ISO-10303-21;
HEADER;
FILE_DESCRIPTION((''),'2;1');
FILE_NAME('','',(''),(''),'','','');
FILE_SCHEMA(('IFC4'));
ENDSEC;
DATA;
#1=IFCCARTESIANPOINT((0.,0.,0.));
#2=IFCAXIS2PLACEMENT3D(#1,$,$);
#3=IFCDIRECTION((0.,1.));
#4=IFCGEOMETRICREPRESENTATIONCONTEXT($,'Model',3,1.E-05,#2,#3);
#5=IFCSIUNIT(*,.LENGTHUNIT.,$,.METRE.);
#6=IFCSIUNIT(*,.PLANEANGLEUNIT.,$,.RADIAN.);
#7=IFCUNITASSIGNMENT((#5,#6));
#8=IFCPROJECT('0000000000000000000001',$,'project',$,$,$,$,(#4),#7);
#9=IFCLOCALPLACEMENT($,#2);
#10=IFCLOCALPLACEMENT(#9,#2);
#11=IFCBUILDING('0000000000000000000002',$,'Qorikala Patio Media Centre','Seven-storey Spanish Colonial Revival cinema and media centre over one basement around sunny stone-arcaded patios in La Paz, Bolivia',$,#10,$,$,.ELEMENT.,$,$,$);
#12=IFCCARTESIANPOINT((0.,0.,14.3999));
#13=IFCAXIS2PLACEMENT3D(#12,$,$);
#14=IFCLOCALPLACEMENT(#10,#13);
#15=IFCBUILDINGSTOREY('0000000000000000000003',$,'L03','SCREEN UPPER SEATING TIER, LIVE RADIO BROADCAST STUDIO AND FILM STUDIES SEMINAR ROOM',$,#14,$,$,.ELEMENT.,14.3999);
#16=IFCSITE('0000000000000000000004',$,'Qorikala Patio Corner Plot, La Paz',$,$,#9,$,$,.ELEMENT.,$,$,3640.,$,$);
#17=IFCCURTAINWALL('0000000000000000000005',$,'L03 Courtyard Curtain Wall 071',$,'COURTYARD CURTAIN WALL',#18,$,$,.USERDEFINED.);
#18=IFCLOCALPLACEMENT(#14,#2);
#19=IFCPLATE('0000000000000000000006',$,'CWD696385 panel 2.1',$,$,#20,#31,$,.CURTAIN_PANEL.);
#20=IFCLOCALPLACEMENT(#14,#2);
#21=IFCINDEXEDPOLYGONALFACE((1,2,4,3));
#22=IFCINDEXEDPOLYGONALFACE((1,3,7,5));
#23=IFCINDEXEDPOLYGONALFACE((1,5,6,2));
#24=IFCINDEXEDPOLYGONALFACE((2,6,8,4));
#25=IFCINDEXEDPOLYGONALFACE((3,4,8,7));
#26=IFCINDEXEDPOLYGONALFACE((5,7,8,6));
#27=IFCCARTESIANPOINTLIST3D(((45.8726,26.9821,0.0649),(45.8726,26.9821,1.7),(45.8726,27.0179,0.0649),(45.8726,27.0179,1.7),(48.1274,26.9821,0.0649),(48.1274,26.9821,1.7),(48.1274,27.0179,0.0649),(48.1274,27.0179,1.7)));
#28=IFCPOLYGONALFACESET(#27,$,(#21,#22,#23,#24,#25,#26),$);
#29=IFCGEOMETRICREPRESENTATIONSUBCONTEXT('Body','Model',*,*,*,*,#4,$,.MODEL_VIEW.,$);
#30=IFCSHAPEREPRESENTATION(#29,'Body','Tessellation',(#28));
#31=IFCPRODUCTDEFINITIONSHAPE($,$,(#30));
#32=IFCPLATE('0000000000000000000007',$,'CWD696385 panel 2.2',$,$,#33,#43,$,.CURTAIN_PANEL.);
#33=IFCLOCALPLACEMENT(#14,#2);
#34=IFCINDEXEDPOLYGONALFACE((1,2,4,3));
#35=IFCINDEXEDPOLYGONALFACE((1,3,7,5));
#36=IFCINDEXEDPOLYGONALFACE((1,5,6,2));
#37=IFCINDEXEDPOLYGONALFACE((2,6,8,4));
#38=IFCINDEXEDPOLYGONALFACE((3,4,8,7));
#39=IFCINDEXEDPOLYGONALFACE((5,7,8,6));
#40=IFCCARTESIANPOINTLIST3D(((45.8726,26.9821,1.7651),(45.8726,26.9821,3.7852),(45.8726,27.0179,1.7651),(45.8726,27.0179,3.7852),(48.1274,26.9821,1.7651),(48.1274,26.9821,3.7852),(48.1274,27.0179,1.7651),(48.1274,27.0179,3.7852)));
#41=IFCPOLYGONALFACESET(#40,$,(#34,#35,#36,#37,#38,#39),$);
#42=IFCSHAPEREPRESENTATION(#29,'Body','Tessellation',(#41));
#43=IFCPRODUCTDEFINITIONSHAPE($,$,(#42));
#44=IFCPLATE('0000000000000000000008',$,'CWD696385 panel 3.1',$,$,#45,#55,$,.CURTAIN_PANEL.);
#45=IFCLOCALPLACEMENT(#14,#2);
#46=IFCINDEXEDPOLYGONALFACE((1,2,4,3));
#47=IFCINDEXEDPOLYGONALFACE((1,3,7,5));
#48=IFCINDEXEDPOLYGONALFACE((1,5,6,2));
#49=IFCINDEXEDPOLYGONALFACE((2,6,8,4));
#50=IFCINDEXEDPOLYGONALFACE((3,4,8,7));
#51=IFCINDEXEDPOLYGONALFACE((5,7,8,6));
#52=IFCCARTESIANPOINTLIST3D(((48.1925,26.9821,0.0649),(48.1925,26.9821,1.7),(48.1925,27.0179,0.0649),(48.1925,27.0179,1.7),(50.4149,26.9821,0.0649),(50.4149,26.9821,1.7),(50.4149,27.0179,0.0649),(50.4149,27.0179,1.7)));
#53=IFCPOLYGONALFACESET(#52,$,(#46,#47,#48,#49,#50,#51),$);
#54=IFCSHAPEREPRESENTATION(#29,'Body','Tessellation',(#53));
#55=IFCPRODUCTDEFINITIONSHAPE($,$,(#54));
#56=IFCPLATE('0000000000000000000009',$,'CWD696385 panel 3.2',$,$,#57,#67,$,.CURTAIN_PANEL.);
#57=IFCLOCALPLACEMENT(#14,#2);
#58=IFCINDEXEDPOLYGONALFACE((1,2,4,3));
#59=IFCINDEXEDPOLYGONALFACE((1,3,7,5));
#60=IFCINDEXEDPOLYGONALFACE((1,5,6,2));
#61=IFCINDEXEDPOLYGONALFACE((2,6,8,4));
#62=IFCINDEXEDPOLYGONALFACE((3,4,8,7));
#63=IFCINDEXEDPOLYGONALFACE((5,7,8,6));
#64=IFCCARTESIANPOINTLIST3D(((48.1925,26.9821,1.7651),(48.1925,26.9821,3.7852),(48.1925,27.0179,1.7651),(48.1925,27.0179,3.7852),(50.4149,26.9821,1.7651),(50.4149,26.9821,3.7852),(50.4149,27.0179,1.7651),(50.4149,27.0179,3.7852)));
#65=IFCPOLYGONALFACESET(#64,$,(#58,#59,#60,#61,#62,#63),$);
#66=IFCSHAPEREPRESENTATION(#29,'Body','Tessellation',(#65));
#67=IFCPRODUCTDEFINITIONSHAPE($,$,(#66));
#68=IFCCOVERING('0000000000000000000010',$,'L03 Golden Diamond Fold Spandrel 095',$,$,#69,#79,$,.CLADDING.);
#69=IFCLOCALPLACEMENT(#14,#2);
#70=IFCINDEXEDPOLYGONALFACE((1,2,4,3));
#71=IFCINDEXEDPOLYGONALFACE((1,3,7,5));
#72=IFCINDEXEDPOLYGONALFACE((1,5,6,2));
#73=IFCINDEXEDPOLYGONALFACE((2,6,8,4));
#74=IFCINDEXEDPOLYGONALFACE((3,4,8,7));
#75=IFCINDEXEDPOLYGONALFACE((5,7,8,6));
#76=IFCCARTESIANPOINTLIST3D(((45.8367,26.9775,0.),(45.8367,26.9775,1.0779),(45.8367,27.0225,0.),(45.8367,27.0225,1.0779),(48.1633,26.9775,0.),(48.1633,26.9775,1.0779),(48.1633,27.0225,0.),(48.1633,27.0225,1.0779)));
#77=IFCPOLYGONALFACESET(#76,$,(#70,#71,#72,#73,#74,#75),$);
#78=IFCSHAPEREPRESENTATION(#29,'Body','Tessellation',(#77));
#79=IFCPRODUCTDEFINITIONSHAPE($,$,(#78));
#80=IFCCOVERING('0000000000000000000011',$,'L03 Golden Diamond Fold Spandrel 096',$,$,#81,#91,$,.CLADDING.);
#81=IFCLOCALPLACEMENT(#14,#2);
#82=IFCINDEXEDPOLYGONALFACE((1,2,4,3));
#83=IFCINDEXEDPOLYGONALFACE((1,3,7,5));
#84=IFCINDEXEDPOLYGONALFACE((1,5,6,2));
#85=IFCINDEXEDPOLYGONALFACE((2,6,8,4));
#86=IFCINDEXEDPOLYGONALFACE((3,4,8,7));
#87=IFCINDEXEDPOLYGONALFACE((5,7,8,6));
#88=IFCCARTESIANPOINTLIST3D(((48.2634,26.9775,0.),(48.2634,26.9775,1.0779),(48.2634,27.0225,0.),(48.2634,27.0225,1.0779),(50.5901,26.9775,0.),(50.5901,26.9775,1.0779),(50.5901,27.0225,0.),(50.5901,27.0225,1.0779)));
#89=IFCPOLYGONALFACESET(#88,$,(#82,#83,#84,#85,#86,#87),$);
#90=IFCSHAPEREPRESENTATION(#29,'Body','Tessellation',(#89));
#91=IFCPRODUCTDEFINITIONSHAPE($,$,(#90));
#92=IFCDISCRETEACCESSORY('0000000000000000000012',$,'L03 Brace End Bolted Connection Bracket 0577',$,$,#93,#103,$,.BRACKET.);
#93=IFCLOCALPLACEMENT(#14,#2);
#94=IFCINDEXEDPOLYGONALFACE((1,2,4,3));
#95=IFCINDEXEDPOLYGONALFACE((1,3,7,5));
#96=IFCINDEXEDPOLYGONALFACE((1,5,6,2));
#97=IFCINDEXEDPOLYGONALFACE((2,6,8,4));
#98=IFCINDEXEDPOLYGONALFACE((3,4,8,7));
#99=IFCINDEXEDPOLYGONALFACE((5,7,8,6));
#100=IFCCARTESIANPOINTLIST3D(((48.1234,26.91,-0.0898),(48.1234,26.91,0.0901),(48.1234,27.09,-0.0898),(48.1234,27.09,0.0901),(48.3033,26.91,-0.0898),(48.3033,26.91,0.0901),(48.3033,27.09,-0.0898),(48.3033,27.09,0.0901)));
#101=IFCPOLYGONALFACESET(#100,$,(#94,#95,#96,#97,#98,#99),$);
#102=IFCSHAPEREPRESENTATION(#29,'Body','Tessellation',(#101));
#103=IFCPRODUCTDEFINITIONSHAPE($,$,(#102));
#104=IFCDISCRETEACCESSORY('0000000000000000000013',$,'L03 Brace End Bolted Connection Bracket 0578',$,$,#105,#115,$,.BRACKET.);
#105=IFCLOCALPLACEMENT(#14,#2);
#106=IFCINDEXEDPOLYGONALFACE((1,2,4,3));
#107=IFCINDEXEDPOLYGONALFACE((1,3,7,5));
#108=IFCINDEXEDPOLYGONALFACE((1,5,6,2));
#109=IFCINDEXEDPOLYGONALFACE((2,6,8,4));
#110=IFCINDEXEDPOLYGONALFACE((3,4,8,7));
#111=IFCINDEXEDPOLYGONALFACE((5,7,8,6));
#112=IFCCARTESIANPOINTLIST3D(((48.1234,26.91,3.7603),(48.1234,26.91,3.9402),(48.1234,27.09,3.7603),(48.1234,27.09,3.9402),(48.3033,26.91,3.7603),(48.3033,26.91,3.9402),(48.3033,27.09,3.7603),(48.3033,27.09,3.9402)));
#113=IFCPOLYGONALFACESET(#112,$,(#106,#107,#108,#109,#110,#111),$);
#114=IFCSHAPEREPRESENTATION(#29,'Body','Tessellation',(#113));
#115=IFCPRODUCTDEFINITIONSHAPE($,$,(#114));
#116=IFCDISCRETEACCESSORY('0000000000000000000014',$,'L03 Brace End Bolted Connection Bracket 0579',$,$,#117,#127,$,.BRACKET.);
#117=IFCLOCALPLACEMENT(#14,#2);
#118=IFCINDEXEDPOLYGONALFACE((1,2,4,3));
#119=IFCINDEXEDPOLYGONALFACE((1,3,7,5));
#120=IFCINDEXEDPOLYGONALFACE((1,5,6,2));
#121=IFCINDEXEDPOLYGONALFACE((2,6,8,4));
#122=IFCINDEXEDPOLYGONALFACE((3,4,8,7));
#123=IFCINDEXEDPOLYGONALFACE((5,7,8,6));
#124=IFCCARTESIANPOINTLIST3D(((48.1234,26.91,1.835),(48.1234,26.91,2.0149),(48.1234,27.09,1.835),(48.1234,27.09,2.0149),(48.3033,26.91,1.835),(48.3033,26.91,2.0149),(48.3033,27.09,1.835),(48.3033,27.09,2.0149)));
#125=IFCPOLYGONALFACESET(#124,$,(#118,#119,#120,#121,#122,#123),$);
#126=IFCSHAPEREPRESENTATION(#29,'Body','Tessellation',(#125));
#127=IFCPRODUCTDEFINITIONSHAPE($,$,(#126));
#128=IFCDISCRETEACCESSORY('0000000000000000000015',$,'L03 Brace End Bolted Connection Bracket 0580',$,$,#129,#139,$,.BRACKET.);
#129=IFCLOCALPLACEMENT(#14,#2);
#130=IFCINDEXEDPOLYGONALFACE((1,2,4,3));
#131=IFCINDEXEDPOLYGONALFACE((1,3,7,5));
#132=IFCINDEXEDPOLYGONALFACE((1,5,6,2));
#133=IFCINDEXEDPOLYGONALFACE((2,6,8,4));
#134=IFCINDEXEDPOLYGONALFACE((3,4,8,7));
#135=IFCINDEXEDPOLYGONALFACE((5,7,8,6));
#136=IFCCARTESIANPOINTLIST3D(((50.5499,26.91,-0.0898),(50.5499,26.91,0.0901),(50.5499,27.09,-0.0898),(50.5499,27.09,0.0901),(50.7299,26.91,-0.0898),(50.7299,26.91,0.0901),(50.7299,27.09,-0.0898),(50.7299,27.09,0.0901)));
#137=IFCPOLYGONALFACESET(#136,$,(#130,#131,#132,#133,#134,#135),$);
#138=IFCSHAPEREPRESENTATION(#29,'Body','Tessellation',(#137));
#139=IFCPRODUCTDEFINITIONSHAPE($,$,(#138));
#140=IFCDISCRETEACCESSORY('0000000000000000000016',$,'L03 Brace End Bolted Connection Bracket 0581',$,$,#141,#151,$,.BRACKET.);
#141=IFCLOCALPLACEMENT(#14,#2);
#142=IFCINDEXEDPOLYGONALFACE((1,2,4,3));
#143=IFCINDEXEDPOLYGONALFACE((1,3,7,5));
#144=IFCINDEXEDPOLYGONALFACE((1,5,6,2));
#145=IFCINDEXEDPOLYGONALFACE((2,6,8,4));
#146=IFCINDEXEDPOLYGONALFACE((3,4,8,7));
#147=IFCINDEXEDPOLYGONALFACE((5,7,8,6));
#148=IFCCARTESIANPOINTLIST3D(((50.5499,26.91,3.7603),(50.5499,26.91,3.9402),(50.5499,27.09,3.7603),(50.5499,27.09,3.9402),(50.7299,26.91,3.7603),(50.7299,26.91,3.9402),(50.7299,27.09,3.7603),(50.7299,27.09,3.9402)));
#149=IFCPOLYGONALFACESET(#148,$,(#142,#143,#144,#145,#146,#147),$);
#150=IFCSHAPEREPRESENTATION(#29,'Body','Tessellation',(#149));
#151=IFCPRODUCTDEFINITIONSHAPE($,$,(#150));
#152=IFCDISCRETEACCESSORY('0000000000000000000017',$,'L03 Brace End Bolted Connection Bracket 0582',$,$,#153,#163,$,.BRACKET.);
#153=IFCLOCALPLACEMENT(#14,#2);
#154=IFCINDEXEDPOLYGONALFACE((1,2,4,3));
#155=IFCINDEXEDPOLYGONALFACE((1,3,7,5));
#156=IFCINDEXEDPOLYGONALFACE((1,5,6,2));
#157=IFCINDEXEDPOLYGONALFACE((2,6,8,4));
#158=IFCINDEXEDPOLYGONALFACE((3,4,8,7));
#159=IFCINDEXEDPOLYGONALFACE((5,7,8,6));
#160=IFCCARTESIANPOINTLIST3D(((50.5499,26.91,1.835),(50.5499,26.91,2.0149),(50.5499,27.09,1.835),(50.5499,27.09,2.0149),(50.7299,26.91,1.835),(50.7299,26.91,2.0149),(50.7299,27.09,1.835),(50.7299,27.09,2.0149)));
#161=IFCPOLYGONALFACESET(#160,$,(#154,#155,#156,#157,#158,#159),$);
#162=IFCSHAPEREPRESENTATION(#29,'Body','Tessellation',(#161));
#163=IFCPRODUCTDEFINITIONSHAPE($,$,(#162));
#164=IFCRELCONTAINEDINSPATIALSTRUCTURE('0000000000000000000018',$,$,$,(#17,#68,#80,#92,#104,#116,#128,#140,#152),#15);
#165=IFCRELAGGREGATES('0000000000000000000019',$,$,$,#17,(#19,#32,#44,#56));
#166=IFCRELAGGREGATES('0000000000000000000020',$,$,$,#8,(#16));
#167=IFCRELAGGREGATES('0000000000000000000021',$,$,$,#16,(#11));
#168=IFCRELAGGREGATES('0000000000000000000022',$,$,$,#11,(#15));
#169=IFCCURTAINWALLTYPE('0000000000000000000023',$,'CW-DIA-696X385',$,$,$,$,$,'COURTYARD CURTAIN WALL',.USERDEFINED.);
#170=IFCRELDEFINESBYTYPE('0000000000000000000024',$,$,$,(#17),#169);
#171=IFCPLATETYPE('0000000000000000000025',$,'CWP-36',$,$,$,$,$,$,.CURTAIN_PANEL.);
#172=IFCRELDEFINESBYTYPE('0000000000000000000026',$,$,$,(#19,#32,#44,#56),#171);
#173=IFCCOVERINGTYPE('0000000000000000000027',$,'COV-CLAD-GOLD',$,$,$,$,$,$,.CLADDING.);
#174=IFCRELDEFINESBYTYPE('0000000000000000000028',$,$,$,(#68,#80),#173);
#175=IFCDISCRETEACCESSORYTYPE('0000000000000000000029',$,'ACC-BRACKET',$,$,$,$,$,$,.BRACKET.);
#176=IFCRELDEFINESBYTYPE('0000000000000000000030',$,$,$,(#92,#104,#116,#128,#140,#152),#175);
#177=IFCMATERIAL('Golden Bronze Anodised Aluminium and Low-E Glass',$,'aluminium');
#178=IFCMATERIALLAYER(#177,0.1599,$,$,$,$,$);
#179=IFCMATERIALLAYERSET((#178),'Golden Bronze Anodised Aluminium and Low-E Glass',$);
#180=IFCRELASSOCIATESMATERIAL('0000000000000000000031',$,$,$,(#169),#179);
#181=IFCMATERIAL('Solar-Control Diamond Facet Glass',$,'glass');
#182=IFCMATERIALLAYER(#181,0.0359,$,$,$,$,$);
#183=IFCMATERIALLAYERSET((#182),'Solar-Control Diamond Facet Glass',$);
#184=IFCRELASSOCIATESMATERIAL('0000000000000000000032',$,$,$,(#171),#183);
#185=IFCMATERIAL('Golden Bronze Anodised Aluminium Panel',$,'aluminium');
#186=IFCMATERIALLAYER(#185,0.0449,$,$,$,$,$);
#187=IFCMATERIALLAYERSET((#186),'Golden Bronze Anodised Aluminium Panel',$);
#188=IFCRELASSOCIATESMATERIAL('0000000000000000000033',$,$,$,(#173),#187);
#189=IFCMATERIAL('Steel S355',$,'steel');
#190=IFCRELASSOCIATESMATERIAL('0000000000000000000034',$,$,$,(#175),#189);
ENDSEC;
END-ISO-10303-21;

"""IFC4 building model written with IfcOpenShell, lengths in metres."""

from ifc_helpers import new_model, si_unit, direction, frame, origin, origin_2d, place, context, subcontext, project, spatial, rectangle, extrude, material, layer, layer_set, type_object, element, aggregate, save


model = new_model("IFC4")

# Units and contexts
model_context = context("Model", 3, precision=1e-05, world=origin(), true_north=direction((0.0, 1.0)))
body_context = subcontext(model_context, "Body", "Model", "MODEL_VIEW")
ifc_project = project(units=[si_unit("LENGTHUNIT", "METRE"), si_unit("PLANEANGLEUNIT", "RADIAN")], contexts=[model_context])

# Site, building, storey
site_placement = place(None, origin())
site = spatial("IfcSite", under=ifc_project, at=site_placement, Name="Qorikala Patio Corner Plot, La Paz", CompositionType="ELEMENT", RefElevation=3640.0)
building_placement = place(site_placement, origin())
building = spatial("IfcBuilding", under=site, at=building_placement, Name="Qorikala Patio Media Centre", Description="Seven-storey Spanish Colonial Revival cinema and media centre over one basement around sunny stone-arcaded patios in La Paz, Bolivia", CompositionType="ELEMENT")
storey_placement = place(building_placement, frame((0.0, 0.0, 14.3999)))
storey = spatial("IfcBuildingStorey", under=building, at=storey_placement, Name="L03", Description="SCREEN UPPER SEATING TIER, LIVE RADIO BROADCAST STUDIO AND FILM STUDIES SEMINAR ROOM", CompositionType="ELEMENT", Elevation=14.3999)

# Curtain wall
ifc_material_1 = material(Name="Golden Bronze Anodised Aluminium and Low-E Glass", Category="aluminium")
ifc_layer_1 = layer(ifc_material_1, 0.1599)
ifc_layer_set_1 = layer_set([ifc_layer_1], Name="Golden Bronze Anodised Aluminium and Low-E Glass")
curtain_wall_type = type_object("IfcCurtainWallType", Name="CW-DIA-696X385", ElementType="COURTYARD CURTAIN WALL", PredefinedType="USERDEFINED", material=ifc_layer_set_1)
curtain_wall_placement = place(storey_placement, origin())
curtain_wall = element("IfcCurtainWall", 1, at=curtain_wall_placement, inside=storey, type_object=curtain_wall_type, Name="L03 Courtyard Curtain Wall 071", ObjectType="COURTYARD CURTAIN WALL", PredefinedType="USERDEFINED")

# Plates
ifc_material_2 = material(Name="Solar-Control Diamond Facet Glass", Category="glass")
ifc_layer_2 = layer(ifc_material_2, 0.0359)
ifc_layer_set_2 = layer_set([ifc_layer_2], Name="Solar-Control Diamond Facet Glass")
plate_type = type_object("IfcPlateType", Name="CWP-36", PredefinedType="CURTAIN_PANEL", material=ifc_layer_set_2)
plate_1_placement = place(storey_placement, frame((47.0, 27.0, 0.0649), z_axis=(0.0, 0.0, 1.0), x_axis=(1.0, 0.0, 0.0)))
plate_1 = element("IfcPlate", 2, at=plate_1_placement, type_object=plate_type, Name="CWD696385 panel 2.1", PredefinedType="CURTAIN_PANEL", context=body_context, shape_type="SweptSolid", body=[
    extrude(rectangle(XDim=2.2549, YDim=0.0359, at=origin_2d()), origin(), (0.0, 0.0, 1.0), 1.635),
])
plate_2_placement = place(storey_placement, frame((47.0, 27.0, 1.7651), z_axis=(0.0, 0.0, 1.0), x_axis=(1.0, 0.0, 0.0)))
plate_2 = element("IfcPlate", 3, at=plate_2_placement, type_object=plate_type, Name="CWD696385 panel 2.2", PredefinedType="CURTAIN_PANEL", context=body_context, shape_type="SweptSolid", body=[
    extrude(rectangle(XDim=2.2549, YDim=0.0359, at=origin_2d()), origin(), (0.0, 0.0, 1.0), 2.02),
])
plate_3_placement = place(storey_placement, frame((49.3037, 27.0, 0.0649), z_axis=(0.0, 0.0, 1.0), x_axis=(1.0, 0.0, 0.0)))
plate_3 = element("IfcPlate", 4, at=plate_3_placement, type_object=plate_type, Name="CWD696385 panel 3.1", PredefinedType="CURTAIN_PANEL", context=body_context, shape_type="SweptSolid", body=[
    extrude(rectangle(XDim=2.2224, YDim=0.0359, at=origin_2d()), origin(), (0.0, 0.0, 1.0), 1.635),
])
plate_4_placement = place(storey_placement, frame((49.3037, 27.0, 1.7651), z_axis=(0.0, 0.0, 1.0), x_axis=(1.0, 0.0, 0.0)))
plate_4 = element("IfcPlate", 5, at=plate_4_placement, type_object=plate_type, Name="CWD696385 panel 3.2", PredefinedType="CURTAIN_PANEL", context=body_context, shape_type="SweptSolid", body=[
    extrude(rectangle(XDim=2.2224, YDim=0.0359, at=origin_2d()), origin(), (0.0, 0.0, 1.0), 2.02),
])
aggregate(curtain_wall, [plate_1, plate_2, plate_3, plate_4])

# Coverings
ifc_material_3 = material(Name="Golden Bronze Anodised Aluminium Panel", Category="aluminium")
ifc_layer_3 = layer(ifc_material_3, 0.0449)
ifc_layer_set_3 = layer_set([ifc_layer_3], Name="Golden Bronze Anodised Aluminium Panel")
covering_type = type_object("IfcCoveringType", Name="COV-CLAD-GOLD", PredefinedType="CLADDING", material=ifc_layer_set_3)
for number, where, z_axis, x_axis, name in (
    (6, (47.0, 27.0, 0.0), (0.0, 0.0, 1.0), (1.0, 0.0, 0.0), "L03 Golden Diamond Fold Spandrel 095"),
    (7, (49.4268, 27.0, 0.0), (0.0, 0.0, 1.0), (1.0, 0.0, 0.0), "L03 Golden Diamond Fold Spandrel 096"),
):
    element("IfcCovering", number, at=place(storey_placement, frame(where, z_axis=z_axis, x_axis=x_axis)), inside=storey, type_object=covering_type, Name=name, PredefinedType="CLADDING", context=body_context, shape_type="SweptSolid", body=[
        extrude(rectangle(XDim=2.3267, YDim=0.0449, at=origin_2d()), origin(), (0.0, 0.0, 1.0), 1.0779),
    ])

# Discrete accessories
ifc_material_4 = material(Name="Steel S355", Category="steel")
discrete_accessory_type = type_object("IfcDiscreteAccessoryType", Name="ACC-BRACKET", PredefinedType="BRACKET", material=ifc_material_4)
for number, where, z_axis, x_axis, name in (
    (8, (48.2134, 27.0, -0.0898), (0.0, 0.0, 1.0), (1.0, 0.0, 0.0), "L03 Brace End Bolted Connection Bracket 0577"),
    (9, (48.2134, 27.0, 3.7603), (0.0, 0.0, 1.0), (1.0, 0.0, 0.0), "L03 Brace End Bolted Connection Bracket 0578"),
    (10, (48.2134, 27.0, 1.835), (0.0, 0.0, 1.0), (1.0, 0.0, 0.0), "L03 Brace End Bolted Connection Bracket 0579"),
    (11, (50.6399, 27.0, -0.0898), (0.0, 0.0, 1.0), (1.0, 0.0, 0.0), "L03 Brace End Bolted Connection Bracket 0580"),
    (12, (50.6399, 27.0, 3.7603), (0.0, 0.0, 1.0), (1.0, 0.0, 0.0), "L03 Brace End Bolted Connection Bracket 0581"),
    (13, (50.6399, 27.0, 1.835), (0.0, 0.0, 1.0), (1.0, 0.0, 0.0), "L03 Brace End Bolted Connection Bracket 0582"),
):
    element("IfcDiscreteAccessory", number, at=place(storey_placement, frame(where, z_axis=z_axis, x_axis=x_axis)), inside=storey, type_object=discrete_accessory_type, Name=name, PredefinedType="BRACKET", context=body_context, shape_type="SweptSolid", body=[
        extrude(rectangle(XDim=0.1799, YDim=0.1799, at=origin_2d()), origin(), (0.0, 0.0, 1.0), 0.1799),
    ])

save(model, "model.ifc")
